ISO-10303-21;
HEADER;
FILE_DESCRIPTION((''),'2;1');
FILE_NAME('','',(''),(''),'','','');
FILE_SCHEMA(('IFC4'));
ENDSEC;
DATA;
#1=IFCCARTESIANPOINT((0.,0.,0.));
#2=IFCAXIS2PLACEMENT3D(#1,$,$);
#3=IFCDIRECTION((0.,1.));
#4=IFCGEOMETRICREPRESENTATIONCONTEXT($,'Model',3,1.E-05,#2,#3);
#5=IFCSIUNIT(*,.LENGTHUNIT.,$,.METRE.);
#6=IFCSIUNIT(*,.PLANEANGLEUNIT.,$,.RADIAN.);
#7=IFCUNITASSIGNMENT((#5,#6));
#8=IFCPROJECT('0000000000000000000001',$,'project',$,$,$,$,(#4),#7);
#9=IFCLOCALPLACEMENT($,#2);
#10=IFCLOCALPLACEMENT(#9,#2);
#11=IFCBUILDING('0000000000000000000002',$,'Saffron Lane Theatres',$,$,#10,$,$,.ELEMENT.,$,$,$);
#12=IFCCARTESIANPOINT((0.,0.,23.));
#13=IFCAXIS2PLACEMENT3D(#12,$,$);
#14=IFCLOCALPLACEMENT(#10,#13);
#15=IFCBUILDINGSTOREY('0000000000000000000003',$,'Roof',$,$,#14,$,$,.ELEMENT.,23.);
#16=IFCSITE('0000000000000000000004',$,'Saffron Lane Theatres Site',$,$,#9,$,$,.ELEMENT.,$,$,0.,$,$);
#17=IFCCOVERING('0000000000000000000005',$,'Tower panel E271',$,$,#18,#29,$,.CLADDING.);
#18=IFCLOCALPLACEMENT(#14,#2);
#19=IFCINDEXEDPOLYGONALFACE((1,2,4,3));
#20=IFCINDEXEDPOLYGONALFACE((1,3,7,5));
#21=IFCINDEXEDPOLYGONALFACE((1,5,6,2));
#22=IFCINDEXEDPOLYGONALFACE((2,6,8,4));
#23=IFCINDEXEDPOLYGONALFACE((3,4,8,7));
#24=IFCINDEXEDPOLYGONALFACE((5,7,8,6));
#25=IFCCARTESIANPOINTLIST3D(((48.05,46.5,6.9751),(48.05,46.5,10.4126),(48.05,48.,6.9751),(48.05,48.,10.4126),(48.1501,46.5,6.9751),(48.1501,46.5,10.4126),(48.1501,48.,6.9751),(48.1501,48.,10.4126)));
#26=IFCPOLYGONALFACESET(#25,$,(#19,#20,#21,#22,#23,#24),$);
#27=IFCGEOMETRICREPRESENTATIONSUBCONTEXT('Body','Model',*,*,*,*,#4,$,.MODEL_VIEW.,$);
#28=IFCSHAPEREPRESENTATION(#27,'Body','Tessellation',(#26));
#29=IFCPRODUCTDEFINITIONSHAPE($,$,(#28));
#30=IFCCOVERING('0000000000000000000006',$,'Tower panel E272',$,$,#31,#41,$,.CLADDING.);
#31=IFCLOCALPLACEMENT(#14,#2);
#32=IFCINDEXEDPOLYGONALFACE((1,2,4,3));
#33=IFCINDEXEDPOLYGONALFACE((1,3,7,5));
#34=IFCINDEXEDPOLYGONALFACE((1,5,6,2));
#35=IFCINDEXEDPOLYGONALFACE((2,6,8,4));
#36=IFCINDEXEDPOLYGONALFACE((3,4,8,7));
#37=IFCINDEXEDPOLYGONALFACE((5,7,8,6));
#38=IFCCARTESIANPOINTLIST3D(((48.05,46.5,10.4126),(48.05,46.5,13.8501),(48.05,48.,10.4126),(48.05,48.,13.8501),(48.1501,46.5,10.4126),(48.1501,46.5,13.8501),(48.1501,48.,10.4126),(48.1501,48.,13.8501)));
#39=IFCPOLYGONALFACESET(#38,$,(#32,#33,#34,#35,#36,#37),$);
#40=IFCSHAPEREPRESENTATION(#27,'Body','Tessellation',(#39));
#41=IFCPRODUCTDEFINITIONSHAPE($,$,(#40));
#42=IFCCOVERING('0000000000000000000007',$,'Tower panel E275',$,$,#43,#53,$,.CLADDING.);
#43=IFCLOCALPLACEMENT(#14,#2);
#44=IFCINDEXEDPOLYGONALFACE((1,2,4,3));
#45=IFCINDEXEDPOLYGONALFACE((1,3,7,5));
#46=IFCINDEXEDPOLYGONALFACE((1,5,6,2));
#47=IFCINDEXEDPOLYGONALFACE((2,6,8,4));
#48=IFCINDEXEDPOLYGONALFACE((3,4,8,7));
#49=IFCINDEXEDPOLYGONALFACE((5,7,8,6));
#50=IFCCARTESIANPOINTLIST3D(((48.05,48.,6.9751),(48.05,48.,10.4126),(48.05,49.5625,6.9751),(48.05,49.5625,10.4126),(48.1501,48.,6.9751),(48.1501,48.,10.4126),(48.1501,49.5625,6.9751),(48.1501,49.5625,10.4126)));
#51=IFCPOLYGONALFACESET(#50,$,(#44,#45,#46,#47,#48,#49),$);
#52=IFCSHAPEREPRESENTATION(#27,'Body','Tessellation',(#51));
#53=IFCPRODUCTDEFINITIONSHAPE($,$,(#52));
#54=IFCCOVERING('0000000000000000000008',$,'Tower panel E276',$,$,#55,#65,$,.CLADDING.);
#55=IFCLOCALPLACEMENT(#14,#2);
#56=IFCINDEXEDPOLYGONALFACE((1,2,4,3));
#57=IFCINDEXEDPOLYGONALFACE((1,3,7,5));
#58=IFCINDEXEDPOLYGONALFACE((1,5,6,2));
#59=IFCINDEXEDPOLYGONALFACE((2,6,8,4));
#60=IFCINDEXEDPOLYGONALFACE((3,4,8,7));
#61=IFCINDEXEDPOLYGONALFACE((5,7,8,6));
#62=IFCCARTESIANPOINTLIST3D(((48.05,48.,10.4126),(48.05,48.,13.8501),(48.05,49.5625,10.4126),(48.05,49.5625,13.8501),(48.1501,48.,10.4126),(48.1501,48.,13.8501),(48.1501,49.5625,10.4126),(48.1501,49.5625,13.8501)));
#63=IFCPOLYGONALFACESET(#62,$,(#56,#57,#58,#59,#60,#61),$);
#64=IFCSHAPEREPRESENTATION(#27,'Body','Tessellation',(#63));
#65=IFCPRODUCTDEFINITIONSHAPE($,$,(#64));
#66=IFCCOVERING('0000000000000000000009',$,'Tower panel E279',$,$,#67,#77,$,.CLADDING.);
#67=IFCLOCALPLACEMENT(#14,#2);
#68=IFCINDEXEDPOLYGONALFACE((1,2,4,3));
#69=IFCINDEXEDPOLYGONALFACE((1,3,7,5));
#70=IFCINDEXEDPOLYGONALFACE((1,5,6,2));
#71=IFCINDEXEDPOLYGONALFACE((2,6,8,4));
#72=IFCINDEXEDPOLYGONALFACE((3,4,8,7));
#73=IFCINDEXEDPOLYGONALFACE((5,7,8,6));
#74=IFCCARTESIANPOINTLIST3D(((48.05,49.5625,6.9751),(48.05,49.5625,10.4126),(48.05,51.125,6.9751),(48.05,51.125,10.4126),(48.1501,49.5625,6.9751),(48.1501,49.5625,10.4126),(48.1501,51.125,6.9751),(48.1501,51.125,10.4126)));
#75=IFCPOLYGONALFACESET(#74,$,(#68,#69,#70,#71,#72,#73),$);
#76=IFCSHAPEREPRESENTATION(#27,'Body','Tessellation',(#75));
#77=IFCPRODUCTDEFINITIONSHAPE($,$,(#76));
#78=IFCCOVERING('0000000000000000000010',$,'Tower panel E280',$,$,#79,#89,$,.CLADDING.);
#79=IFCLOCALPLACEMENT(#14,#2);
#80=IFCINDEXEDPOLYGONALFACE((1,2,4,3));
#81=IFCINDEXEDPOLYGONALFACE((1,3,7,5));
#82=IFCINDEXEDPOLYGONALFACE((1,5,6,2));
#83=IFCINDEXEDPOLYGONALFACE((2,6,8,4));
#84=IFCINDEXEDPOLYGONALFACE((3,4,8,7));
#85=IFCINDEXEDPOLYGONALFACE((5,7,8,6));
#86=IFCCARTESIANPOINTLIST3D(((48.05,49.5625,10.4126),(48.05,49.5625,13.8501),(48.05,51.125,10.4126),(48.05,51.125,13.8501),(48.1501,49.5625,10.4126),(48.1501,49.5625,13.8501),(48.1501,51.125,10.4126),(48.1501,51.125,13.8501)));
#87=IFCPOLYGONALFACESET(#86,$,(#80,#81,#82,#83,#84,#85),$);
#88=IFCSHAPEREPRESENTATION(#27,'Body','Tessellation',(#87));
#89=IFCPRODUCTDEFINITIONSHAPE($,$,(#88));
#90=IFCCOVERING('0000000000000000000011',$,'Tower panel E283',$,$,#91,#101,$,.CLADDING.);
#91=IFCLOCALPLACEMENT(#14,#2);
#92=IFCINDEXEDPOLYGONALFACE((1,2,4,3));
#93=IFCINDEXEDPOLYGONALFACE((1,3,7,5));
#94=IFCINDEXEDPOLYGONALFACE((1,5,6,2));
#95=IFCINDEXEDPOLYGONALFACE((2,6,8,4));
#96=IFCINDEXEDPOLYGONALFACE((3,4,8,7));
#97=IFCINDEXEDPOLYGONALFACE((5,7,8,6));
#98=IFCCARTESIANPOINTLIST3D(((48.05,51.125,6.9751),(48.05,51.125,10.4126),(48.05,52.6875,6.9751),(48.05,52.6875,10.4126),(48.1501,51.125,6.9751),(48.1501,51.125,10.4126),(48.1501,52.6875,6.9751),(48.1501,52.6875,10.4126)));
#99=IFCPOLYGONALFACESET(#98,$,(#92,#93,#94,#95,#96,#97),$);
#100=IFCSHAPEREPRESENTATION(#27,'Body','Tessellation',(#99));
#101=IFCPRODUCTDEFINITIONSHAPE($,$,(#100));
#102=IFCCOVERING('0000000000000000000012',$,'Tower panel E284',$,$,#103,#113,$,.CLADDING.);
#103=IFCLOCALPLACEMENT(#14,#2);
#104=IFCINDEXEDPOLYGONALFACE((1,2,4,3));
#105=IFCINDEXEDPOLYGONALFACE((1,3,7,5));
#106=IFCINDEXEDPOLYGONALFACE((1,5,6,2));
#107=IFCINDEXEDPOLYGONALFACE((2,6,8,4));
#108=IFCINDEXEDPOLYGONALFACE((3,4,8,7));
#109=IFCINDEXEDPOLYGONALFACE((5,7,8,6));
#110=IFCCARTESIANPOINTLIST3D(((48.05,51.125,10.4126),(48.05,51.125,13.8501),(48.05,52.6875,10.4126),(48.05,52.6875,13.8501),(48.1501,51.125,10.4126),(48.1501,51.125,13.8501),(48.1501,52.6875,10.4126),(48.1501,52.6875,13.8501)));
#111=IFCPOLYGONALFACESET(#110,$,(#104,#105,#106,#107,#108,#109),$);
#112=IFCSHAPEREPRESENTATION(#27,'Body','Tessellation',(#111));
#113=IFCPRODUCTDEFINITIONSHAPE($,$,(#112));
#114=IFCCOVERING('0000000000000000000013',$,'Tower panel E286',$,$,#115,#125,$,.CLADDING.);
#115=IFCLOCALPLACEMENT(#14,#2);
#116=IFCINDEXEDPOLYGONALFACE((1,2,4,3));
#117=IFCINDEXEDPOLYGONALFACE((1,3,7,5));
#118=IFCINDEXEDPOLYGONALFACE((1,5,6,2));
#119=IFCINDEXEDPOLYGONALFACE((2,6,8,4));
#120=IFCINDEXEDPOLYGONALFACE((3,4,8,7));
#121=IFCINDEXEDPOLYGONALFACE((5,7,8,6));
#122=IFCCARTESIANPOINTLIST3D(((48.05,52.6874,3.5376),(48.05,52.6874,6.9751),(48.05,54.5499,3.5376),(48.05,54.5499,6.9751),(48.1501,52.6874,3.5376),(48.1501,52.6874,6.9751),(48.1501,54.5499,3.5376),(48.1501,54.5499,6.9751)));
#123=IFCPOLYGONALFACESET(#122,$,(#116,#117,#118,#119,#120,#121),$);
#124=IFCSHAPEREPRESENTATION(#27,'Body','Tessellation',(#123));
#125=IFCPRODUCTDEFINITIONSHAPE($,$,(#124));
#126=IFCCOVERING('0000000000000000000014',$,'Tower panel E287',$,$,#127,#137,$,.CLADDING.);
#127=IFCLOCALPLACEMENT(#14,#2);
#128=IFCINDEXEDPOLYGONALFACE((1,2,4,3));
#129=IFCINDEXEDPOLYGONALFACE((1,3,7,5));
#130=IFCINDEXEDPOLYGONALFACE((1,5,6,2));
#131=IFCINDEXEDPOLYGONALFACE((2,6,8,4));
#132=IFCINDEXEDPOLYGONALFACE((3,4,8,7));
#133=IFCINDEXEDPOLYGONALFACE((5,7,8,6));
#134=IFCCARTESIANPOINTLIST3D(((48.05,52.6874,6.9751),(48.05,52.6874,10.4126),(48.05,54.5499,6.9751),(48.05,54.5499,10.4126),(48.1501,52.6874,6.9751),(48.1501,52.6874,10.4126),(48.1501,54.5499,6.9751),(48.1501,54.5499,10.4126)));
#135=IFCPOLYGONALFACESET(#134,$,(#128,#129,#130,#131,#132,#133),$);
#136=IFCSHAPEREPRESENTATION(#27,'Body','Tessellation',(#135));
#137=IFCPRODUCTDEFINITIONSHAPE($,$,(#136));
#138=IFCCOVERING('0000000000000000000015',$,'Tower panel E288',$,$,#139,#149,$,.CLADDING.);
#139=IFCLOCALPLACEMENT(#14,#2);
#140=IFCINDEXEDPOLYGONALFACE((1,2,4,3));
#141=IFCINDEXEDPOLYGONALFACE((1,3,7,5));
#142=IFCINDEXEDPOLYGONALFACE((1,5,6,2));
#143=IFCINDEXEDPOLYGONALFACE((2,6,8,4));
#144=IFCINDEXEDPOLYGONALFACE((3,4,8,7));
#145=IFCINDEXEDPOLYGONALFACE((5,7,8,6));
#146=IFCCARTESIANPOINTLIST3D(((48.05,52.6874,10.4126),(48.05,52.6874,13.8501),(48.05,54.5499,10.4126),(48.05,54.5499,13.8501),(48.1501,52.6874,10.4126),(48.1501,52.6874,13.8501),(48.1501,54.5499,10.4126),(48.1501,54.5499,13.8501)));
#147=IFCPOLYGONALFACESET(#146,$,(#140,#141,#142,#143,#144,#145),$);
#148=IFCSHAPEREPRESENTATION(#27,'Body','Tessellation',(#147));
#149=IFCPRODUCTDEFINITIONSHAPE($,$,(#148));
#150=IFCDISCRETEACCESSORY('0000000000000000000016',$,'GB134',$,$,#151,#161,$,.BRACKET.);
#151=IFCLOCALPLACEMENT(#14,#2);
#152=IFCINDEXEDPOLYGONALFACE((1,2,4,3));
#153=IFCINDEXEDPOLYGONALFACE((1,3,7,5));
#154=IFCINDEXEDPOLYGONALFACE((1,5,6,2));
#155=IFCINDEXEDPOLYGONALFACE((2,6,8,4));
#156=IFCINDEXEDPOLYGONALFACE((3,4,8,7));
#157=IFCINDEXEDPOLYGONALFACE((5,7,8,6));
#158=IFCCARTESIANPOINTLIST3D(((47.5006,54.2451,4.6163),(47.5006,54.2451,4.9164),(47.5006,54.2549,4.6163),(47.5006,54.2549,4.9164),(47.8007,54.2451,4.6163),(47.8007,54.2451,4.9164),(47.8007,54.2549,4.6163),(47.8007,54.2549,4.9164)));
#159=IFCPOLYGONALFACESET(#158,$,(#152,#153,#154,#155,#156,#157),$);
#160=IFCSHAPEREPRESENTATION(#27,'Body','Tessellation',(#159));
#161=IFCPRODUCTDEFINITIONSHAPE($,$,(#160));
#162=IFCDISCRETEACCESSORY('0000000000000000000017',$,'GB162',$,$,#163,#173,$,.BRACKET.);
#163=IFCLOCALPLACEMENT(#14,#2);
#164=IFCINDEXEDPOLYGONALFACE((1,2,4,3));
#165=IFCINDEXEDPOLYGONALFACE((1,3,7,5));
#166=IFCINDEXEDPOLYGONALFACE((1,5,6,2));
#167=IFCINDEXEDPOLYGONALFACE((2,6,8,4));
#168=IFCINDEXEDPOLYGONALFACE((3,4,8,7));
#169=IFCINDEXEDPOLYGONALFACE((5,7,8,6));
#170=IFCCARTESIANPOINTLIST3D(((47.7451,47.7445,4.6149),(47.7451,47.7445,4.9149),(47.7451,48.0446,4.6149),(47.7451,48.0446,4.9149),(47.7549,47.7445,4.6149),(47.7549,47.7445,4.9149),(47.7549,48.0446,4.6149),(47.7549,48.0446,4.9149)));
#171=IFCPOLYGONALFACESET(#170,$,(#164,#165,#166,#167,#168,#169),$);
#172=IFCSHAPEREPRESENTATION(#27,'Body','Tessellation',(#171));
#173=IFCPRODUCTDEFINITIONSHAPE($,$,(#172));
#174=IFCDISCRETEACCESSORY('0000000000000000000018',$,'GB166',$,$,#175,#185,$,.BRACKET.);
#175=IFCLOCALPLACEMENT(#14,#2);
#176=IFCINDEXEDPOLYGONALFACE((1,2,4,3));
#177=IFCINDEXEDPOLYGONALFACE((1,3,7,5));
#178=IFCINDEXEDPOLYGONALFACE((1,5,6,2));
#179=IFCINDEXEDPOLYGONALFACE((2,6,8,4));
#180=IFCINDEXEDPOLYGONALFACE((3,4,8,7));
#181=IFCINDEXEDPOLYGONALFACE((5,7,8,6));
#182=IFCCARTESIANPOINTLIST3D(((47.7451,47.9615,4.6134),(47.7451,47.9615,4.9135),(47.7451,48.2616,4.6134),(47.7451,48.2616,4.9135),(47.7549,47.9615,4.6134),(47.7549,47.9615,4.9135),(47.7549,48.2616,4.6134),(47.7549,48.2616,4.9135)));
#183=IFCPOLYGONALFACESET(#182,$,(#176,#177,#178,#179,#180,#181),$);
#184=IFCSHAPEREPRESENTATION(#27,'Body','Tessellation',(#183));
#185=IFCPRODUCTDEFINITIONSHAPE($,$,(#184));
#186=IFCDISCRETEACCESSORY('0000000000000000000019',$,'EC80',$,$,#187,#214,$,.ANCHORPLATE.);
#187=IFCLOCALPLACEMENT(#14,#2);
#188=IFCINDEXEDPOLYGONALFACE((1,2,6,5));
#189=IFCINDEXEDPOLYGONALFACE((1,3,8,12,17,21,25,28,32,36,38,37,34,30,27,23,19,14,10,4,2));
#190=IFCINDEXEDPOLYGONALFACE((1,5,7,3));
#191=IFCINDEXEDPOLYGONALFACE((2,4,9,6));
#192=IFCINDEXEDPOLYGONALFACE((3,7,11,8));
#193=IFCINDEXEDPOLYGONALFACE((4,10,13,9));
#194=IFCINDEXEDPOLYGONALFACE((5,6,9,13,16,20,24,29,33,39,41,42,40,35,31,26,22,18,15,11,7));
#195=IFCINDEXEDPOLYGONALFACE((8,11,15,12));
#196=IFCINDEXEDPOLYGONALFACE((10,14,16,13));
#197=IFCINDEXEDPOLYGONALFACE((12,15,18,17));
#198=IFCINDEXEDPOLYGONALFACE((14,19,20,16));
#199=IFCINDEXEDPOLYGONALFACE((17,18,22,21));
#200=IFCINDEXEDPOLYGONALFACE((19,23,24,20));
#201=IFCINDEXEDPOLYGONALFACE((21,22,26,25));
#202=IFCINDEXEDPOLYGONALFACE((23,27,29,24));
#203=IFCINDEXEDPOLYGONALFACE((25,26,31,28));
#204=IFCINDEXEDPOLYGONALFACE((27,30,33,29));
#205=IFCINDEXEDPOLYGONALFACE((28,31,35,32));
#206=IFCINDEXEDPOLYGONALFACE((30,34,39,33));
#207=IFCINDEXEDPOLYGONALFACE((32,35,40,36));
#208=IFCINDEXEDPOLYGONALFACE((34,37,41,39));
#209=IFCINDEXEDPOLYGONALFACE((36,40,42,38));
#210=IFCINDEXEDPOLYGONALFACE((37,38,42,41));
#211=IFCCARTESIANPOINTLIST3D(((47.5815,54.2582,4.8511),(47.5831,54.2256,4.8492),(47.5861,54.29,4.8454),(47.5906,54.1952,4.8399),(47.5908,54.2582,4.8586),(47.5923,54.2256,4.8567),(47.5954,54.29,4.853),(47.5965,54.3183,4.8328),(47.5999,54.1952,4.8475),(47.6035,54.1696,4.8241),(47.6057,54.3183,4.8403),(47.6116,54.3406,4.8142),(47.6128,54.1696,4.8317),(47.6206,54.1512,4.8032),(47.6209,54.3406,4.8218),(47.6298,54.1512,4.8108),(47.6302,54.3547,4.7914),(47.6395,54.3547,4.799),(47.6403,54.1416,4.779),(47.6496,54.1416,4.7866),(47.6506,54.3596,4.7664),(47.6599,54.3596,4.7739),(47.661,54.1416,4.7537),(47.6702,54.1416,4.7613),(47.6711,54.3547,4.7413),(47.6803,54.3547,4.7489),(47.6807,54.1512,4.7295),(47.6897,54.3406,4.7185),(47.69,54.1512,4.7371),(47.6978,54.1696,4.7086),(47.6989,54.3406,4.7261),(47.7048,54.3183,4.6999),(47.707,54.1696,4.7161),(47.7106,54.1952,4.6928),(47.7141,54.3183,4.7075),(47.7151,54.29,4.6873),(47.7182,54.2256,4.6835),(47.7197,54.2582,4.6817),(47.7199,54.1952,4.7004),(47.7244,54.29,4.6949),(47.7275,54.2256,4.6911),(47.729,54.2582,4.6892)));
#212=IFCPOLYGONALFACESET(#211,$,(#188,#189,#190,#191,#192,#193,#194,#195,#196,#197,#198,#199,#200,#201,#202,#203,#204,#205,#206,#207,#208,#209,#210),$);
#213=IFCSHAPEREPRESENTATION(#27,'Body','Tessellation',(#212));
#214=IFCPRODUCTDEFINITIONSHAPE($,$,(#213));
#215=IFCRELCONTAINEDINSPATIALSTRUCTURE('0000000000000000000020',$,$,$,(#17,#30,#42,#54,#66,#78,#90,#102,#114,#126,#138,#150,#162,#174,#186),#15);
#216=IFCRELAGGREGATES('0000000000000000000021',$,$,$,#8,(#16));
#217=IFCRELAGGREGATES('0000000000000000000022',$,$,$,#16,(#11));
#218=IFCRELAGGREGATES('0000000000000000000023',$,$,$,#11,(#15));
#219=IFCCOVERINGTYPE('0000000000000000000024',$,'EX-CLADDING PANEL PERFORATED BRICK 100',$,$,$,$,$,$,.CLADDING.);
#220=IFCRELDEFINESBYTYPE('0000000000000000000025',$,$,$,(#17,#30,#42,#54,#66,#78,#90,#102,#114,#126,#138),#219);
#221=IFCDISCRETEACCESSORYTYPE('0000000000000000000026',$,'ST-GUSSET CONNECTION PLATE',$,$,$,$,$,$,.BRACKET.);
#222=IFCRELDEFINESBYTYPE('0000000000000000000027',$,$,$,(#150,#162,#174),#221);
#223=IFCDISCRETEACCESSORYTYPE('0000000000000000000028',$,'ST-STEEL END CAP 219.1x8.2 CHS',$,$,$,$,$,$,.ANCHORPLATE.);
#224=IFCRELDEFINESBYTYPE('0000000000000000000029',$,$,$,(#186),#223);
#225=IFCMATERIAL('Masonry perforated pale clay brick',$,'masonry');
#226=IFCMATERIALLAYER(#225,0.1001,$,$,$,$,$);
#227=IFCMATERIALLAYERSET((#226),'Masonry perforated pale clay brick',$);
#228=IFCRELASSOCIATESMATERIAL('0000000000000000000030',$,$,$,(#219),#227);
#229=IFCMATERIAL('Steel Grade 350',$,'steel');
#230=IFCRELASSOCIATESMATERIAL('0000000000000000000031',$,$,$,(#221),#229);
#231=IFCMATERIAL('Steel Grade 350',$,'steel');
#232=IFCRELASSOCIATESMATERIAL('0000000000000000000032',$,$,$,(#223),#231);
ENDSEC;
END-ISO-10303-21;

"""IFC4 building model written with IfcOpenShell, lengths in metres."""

from ifc_helpers import new_model, si_unit, direction, frame, origin, origin_2d, place, context, subcontext, project, spatial, rectangle, circle, extrude, material, layer, layer_set, material_profile, profile_set, type_object, element, save


model = new_model("IFC4")

# Units and contexts
model_context = context("Model", 3, precision=1e-05, world=origin(), true_north=direction((0.0, 1.0)))
body_context = subcontext(model_context, "Body", "Model", "MODEL_VIEW")
ifc_project = project(units=[si_unit("LENGTHUNIT", "METRE"), si_unit("PLANEANGLEUNIT", "RADIAN")], contexts=[model_context])

# Site, building, storey
site_placement = place(None, origin())
site = spatial("IfcSite", under=ifc_project, at=site_placement, Name="Saffron Lane Theatres Site", CompositionType="ELEMENT", RefElevation=0.0)
building_placement = place(site_placement, origin())
building = spatial("IfcBuilding", under=site, at=building_placement, Name="Saffron Lane Theatres", CompositionType="ELEMENT")
storey_placement = place(building_placement, frame((0.0, 0.0, 23.0)))
storey = spatial("IfcBuildingStorey", under=building, at=storey_placement, Name="Roof", CompositionType="ELEMENT", Elevation=23.0)

# Coverings
ifc_material_1 = material(Name="Masonry perforated pale clay brick", Category="masonry")
ifc_layer = layer(ifc_material_1, 0.1001)
ifc_layer_set = layer_set([ifc_layer], Name="Masonry perforated pale clay brick")
covering_type = type_object("IfcCoveringType", Name="EX-CLADDING PANEL PERFORATED BRICK 100", PredefinedType="CLADDING", material=ifc_layer_set)
for number, where, z_axis, x_axis, name in (
    (1, (48.1001, 47.25, 6.9751), (0.0, 0.0, 1.0), (0.0, 1.0, 0.0), "Tower panel E271"),
    (2, (48.1001, 47.25, 10.4126), (0.0, 0.0, 1.0), (0.0, 1.0, 0.0), "Tower panel E272"),
):
    element("IfcCovering", number, at=place(storey_placement, frame(where, z_axis=z_axis, x_axis=x_axis)), inside=storey, type_object=covering_type, Name=name, PredefinedType="CLADDING", context=body_context, shape_type="SweptSolid", body=[
        extrude(rectangle(XDim=1.5, YDim=0.1001, at=origin_2d()), origin(), (0.0, 0.0, 1.0), 3.4375),
    ])
for number, where, z_axis, x_axis, name in (
    (3, (48.1001, 48.7812, 6.9751), (0.0, 0.0, 1.0), (0.0, 1.0, 0.0), "Tower panel E275"),
    (4, (48.1001, 48.7812, 10.4126), (0.0, 0.0, 1.0), (0.0, 1.0, 0.0), "Tower panel E276"),
    (5, (48.1001, 50.3438, 6.9751), (0.0, 0.0, 1.0), (0.0, 1.0, 0.0), "Tower panel E279"),
    (6, (48.1001, 50.3438, 10.4126), (0.0, 0.0, 1.0), (0.0, 1.0, 0.0), "Tower panel E280"),
    (7, (48.1001, 51.9062, 6.9751), (0.0, 0.0, 1.0), (0.0, 1.0, 0.0), "Tower panel E283"),
    (8, (48.1001, 51.9062, 10.4126), (0.0, 0.0, 1.0), (0.0, 1.0, 0.0), "Tower panel E284"),
):
    element("IfcCovering", number, at=place(storey_placement, frame(where, z_axis=z_axis, x_axis=x_axis)), inside=storey, type_object=covering_type, Name=name, PredefinedType="CLADDING", context=body_context, shape_type="SweptSolid", body=[
        extrude(rectangle(XDim=1.5625, YDim=0.1001, at=origin_2d()), origin(), (0.0, 0.0, 1.0), 3.4375),
    ])
for number, where, z_axis, x_axis, name in (
    (9, (48.1001, 53.6187, 3.5376), (0.0, 0.0, 1.0), (0.0, 1.0, 0.0), "Tower panel E286"),
    (10, (48.1001, 53.6187, 6.9751), (0.0, 0.0, 1.0), (0.0, 1.0, 0.0), "Tower panel E287"),
    (11, (48.1001, 53.6187, 10.4126), (0.0, 0.0, 1.0), (0.0, 1.0, 0.0), "Tower panel E288"),
):
    element("IfcCovering", number, at=place(storey_placement, frame(where, z_axis=z_axis, x_axis=x_axis)), inside=storey, type_object=covering_type, Name=name, PredefinedType="CLADDING", context=body_context, shape_type="SweptSolid", body=[
        extrude(rectangle(XDim=1.8625, YDim=0.1001, at=origin_2d()), origin(), (0.0, 0.0, 1.0), 3.4375),
    ])

# Discrete accessories
ifc_material_2 = material(Name="Steel Grade 350", Category="steel")
ifc_material_profile_1 = material_profile(ifc_material_2, rectangle(XDim=0.3, YDim=0.3, at=origin_2d()))
ifc_profile_set_1 = profile_set([ifc_material_profile_1], Name="Steel Grade 350")
discrete_accessory_type_1 = type_object("IfcDiscreteAccessoryType", Name="ST-GUSSET CONNECTION PLATE", PredefinedType="BRACKET", material=ifc_profile_set_1)
for number, where, z_axis, x_axis, name in (
    (12, (47.6506, 54.2451, 4.7664), (0.0, 1.0, 0.0), (-1.0, 0.0, 0.0), "GB134"),
    (13, (47.7451, 47.8945, 4.7649), (1.0, 0.0, 0.0), (0.0, 1.0, 0.0), "GB162"),
    (14, (47.7451, 48.1116, 4.7634), (1.0, 0.0, 0.0), (0.0, 1.0, 0.0), "GB166"),
):
    element("IfcDiscreteAccessory", number, at=place(storey_placement, frame(where, z_axis=z_axis, x_axis=x_axis)), inside=storey, type_object=discrete_accessory_type_1, Name=name, PredefinedType="BRACKET", context=body_context, shape_type="SweptSolid", body=[
        extrude(rectangle(XDim=0.3, YDim=0.3, at=origin_2d()), origin(), (0.0, 0.0, 1.0), 0.0098),
    ])
ifc_material_3 = material(Name="Steel Grade 350", Category="steel")
ifc_material_profile_2 = material_profile(ifc_material_3, circle(Radius=0.1096, at=origin_2d()))
ifc_profile_set_2 = profile_set([ifc_material_profile_2], Name="Steel Grade 350")
discrete_accessory_type_2 = type_object("IfcDiscreteAccessoryType", Name="ST-STEEL END CAP 219.1x8.2 CHS", PredefinedType="ANCHORPLATE", material=ifc_profile_set_2)
discrete_accessory_1_placement = place(storey_placement, frame((47.6506, 54.25, 4.7664), z_axis=(0.774865, 0.0, 0.632127), x_axis=(0.0, 1.0, 0.0)))
element("IfcDiscreteAccessory", 15, at=discrete_accessory_1_placement, inside=storey, type_object=discrete_accessory_type_2, Name="EC80", PredefinedType="ANCHORPLATE", context=body_context, shape_type="SweptSolid", body=[
    extrude(circle(Radius=0.1096, at=origin_2d()), origin(), (0.0, 0.0, 1.0), 0.012),
])

save(model, "model.ifc")
